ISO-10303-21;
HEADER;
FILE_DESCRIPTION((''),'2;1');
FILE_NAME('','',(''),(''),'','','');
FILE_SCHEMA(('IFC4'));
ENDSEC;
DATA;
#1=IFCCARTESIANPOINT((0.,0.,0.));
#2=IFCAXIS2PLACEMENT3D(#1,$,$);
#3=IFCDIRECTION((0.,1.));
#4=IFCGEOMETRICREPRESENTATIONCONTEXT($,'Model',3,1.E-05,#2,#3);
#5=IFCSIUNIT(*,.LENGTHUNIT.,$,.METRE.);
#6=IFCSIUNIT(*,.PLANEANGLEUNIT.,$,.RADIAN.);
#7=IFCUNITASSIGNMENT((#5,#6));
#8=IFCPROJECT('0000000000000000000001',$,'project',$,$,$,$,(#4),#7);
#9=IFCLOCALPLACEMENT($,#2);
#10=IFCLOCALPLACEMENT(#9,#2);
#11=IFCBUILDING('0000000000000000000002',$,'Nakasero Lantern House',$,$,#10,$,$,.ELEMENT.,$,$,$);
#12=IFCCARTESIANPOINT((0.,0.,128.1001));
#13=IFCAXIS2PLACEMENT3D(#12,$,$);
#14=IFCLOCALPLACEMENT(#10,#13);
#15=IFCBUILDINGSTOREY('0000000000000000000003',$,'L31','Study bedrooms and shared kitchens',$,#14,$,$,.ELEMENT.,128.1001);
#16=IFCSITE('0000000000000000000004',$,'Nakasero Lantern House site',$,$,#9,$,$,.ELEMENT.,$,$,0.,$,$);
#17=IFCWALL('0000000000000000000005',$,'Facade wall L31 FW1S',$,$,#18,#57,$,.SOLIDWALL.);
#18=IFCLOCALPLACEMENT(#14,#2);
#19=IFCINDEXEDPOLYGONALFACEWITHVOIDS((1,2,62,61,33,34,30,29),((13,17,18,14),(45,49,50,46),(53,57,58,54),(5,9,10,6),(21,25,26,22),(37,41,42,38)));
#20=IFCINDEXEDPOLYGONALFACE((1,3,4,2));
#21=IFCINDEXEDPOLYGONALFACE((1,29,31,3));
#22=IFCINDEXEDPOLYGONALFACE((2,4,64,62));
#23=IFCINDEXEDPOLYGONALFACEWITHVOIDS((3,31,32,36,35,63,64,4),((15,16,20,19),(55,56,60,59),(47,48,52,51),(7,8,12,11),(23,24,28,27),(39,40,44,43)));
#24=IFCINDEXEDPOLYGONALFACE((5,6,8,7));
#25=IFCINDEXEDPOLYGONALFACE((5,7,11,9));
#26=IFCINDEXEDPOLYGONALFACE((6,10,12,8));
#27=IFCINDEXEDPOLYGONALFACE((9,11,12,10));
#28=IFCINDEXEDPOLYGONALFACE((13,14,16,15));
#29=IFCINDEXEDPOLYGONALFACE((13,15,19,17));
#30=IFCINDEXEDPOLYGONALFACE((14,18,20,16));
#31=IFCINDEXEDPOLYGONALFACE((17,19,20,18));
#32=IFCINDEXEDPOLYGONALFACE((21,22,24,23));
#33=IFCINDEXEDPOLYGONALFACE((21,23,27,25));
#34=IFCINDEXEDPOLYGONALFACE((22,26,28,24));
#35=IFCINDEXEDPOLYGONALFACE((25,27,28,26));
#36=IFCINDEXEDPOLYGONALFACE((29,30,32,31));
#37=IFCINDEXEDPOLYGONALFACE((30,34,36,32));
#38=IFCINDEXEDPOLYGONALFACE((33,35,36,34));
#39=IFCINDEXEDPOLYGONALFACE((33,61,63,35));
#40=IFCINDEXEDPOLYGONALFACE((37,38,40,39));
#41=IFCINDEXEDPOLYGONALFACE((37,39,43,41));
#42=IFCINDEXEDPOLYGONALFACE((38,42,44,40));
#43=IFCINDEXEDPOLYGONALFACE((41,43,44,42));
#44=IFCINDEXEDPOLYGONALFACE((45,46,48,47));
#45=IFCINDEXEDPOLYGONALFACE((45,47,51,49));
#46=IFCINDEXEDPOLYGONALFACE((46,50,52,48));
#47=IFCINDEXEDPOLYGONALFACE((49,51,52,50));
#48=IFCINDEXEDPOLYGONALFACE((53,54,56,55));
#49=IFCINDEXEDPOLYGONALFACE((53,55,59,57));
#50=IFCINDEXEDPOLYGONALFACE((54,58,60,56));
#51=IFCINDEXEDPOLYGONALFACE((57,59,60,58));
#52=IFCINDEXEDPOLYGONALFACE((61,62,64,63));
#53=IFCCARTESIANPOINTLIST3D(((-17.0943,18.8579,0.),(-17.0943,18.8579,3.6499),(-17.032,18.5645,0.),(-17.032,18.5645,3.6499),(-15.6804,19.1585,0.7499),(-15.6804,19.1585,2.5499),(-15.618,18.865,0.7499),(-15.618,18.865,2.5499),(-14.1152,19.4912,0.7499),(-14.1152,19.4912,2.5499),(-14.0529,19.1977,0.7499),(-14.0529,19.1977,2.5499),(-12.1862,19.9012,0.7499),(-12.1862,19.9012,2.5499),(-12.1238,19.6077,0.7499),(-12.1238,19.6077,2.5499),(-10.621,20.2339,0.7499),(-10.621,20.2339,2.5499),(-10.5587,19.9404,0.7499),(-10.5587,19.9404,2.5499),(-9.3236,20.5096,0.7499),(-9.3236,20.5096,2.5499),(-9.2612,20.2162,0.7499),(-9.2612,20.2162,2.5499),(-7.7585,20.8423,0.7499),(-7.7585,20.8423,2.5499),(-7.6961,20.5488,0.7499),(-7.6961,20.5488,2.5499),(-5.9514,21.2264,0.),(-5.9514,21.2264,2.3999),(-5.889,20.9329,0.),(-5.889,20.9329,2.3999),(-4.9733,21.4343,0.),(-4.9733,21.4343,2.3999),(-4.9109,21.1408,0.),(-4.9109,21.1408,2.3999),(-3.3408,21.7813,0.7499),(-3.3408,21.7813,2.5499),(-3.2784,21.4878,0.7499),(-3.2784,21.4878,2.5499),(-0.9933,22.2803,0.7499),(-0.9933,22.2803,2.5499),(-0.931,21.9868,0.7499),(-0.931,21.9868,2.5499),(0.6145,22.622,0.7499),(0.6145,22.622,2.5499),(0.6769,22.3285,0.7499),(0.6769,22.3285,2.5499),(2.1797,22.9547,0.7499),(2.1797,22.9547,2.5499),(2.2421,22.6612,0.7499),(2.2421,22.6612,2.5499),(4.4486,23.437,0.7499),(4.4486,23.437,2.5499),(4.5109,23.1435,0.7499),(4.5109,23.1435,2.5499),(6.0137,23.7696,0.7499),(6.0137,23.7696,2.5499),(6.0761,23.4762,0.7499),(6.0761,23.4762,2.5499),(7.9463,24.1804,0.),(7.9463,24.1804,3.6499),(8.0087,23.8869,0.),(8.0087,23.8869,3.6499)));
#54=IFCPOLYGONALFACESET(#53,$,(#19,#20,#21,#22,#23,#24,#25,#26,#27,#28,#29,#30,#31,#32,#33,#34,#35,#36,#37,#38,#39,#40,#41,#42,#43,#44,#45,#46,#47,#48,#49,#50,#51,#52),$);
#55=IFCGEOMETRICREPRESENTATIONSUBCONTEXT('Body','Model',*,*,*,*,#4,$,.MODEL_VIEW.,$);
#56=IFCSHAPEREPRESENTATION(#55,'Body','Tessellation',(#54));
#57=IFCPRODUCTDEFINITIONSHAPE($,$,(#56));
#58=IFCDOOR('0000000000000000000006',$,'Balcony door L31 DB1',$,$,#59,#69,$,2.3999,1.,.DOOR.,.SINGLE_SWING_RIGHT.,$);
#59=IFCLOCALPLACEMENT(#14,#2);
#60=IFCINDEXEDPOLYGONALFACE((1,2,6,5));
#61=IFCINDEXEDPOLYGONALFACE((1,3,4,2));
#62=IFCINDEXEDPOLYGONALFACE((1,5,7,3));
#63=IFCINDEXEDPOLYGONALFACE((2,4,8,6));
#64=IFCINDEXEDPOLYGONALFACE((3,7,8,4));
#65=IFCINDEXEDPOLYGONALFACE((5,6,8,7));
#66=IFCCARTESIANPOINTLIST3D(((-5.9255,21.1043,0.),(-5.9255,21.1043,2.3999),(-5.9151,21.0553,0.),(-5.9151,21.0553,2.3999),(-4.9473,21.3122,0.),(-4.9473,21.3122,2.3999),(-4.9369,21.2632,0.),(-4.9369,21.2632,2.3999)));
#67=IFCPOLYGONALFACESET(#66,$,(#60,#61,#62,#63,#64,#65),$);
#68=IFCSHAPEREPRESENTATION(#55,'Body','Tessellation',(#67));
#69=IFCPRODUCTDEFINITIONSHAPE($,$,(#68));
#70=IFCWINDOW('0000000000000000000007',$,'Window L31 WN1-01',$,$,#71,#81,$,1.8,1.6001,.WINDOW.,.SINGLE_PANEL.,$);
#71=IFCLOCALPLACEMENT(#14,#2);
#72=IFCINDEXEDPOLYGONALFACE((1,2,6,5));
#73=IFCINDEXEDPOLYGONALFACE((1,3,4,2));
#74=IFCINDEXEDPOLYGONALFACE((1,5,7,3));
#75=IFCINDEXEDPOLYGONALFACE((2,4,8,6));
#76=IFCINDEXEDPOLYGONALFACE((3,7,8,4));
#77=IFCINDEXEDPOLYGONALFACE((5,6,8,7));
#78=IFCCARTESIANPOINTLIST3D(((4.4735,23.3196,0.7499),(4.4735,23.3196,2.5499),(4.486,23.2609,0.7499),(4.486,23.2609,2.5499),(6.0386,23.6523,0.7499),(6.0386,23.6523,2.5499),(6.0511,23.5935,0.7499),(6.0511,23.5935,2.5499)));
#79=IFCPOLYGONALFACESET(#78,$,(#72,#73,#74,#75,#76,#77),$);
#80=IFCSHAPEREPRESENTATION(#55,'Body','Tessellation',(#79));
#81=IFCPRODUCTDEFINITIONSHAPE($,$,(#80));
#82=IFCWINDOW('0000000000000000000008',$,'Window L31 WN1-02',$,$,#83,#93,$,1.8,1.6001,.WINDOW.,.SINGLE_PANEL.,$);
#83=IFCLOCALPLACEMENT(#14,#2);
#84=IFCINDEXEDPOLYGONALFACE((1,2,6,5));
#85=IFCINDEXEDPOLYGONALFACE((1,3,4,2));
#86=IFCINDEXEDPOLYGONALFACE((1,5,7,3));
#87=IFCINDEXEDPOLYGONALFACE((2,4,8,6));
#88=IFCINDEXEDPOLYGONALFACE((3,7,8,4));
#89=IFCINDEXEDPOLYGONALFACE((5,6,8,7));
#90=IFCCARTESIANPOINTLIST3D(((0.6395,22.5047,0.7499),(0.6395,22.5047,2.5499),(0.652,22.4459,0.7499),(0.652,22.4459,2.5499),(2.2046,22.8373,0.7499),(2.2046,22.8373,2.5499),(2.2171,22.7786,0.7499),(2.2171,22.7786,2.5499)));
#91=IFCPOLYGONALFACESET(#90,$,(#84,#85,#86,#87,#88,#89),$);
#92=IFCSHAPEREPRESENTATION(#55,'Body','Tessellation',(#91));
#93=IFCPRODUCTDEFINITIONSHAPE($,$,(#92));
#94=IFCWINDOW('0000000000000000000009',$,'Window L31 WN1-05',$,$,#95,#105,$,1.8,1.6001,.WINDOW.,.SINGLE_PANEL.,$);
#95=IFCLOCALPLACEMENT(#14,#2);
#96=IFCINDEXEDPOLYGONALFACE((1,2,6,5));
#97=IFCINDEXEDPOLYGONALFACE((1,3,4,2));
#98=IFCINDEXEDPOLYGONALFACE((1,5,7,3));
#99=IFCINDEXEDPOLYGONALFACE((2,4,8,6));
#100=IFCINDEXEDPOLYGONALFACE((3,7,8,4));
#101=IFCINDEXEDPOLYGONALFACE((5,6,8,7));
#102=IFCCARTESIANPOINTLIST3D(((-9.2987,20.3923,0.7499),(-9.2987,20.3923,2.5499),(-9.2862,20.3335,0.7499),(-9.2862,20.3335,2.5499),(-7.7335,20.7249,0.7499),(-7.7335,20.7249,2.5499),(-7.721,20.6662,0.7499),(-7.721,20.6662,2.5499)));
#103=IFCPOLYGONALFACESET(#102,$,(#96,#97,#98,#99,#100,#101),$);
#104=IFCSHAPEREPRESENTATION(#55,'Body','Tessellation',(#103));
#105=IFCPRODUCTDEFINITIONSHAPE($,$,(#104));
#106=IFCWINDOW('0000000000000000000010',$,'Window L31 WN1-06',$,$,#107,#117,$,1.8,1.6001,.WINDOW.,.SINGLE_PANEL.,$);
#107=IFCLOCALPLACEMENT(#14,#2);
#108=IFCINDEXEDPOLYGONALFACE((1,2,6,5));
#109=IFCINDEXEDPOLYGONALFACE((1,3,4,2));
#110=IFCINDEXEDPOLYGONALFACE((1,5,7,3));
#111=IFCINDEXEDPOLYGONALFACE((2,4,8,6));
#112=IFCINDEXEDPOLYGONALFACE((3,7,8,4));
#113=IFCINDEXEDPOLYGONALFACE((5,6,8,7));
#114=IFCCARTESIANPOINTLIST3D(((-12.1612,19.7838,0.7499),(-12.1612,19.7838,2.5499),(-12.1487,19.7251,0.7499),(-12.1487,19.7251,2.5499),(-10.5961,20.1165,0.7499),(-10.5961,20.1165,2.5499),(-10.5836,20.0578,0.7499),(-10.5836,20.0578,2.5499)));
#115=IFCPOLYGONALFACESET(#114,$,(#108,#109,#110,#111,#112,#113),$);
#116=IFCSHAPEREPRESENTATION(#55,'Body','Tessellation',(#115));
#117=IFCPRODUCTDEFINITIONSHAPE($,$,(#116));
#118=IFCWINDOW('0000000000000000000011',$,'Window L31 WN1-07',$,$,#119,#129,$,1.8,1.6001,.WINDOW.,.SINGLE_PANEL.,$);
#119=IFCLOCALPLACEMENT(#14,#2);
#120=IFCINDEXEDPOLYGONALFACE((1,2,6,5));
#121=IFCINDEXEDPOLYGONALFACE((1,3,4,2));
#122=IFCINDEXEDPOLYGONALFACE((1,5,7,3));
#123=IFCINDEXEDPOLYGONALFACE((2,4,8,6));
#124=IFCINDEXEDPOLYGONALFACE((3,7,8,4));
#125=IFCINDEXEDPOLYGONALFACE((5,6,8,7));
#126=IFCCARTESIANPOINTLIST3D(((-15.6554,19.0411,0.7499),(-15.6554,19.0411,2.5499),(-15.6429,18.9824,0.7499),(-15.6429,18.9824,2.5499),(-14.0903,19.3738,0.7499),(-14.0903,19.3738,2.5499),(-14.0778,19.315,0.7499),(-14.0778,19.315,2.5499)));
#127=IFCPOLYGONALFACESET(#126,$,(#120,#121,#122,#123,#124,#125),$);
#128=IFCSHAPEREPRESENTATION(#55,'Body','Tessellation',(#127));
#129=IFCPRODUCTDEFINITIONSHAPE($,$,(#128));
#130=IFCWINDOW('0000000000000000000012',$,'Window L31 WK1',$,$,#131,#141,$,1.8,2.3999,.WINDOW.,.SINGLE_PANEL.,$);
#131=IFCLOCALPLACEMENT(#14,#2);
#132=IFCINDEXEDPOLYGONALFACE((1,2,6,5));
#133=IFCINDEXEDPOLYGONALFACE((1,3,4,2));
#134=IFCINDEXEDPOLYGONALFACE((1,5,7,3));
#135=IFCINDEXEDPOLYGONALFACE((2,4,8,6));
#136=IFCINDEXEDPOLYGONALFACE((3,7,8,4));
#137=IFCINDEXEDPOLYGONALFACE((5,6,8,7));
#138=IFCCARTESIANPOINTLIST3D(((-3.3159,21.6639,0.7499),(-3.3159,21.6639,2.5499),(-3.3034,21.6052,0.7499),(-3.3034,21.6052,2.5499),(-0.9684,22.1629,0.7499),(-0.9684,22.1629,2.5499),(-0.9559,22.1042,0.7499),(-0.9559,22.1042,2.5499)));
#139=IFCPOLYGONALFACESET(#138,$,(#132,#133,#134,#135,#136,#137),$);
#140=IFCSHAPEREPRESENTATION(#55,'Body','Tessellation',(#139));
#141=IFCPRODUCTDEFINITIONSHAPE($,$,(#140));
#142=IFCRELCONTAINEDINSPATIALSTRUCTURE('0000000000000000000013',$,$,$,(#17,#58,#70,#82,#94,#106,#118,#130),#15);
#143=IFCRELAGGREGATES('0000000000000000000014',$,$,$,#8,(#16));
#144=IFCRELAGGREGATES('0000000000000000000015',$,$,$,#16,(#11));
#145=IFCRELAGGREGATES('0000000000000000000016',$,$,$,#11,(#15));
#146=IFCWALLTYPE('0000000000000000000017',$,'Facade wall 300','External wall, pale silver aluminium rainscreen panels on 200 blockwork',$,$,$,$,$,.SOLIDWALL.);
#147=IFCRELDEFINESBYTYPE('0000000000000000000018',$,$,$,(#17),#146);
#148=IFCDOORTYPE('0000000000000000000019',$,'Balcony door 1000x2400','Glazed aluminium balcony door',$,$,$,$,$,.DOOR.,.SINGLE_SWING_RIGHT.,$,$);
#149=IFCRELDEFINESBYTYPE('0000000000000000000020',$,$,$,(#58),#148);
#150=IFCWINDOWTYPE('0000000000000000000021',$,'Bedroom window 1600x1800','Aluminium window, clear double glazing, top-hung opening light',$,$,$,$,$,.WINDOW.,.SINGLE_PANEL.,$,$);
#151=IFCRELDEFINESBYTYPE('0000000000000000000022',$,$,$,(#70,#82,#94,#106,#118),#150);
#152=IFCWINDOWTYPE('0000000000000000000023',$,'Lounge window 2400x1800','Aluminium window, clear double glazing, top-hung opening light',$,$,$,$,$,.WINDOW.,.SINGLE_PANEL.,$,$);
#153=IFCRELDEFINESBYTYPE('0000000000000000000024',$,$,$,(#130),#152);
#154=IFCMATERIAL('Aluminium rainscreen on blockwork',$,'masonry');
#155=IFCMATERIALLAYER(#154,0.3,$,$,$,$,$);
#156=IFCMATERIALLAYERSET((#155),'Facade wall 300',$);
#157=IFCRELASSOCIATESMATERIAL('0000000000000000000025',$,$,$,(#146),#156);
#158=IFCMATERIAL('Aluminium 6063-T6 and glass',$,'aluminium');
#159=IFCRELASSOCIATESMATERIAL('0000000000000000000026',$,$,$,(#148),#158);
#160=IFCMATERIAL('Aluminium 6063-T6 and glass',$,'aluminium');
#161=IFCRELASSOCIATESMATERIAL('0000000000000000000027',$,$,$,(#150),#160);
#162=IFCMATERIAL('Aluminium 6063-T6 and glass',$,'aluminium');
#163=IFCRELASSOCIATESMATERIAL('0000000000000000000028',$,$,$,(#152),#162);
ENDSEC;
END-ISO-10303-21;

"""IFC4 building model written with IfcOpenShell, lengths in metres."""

from ifc_helpers import new_model, si_unit, direction, frame, frame_2d, origin, place, context, subcontext, project, spatial, rectangle, extrude, material, layer, layer_set, type_object, element, fill, save


model = new_model("IFC4")

# Units and contexts
model_context = context("Model", 3, precision=1e-05, world=origin(), true_north=direction((0.0, 1.0)))
body_context = subcontext(model_context, "Body", "Model", "MODEL_VIEW")
ifc_project = project(units=[si_unit("LENGTHUNIT", "METRE"), si_unit("PLANEANGLEUNIT", "RADIAN")], contexts=[model_context])

# Site, building, storey
site_placement = place(None, origin())
site = spatial("IfcSite", under=ifc_project, at=site_placement, Name="Nakasero Lantern House site", CompositionType="ELEMENT", RefElevation=0.0)
building_placement = place(site_placement, origin())
building = spatial("IfcBuilding", under=site, at=building_placement, Name="Nakasero Lantern House", CompositionType="ELEMENT")
storey_placement = place(building_placement, frame((0.0, 0.0, 128.1001)))
storey = spatial("IfcBuildingStorey", under=building, at=storey_placement, Name="L31", Description="Study bedrooms and shared kitchens", CompositionType="ELEMENT", Elevation=128.1001)

# Wall, openings, door, windows
ifc_material_1 = material(Name="Aluminium rainscreen on blockwork", Category="masonry")
ifc_layer_1 = layer(ifc_material_1, 0.3)
ifc_layer_set_1 = layer_set([ifc_layer_1], Name="Facade wall 300")
wall_type_1 = type_object("IfcWallType", Name="Facade wall 300", Description="External wall, pale silver aluminium rainscreen panels on 200 blockwork", PredefinedType="SOLIDWALL", material=ifc_layer_set_1)
wall_1_placement = place(storey_placement, frame((7.9775, 24.0337, 0.0), z_axis=(0.0, 0.0, 1.0), x_axis=(-0.978148, -0.207909, 0.0)))
wall_1 = element("IfcWall", 1, at=wall_1_placement, inside=storey, type_object=wall_type_1, Name="Facade wall L31 FW1S", PredefinedType="SOLIDWALL", context=body_context, shape_type="SweptSolid", body=[
    extrude(rectangle(XDim=25.6001, YDim=0.3, at=frame_2d((12.8, 0.0))), origin(), (0.0, 0.0, 1.0), 3.6499),
])
opening_1_placement = place(wall_1_placement, frame((1.9758, 0.0, 0.75)))
opening_1 = element("IfcOpeningElement", 2, at=opening_1_placement, cuts=wall_1, PredefinedType="OPENING", context=body_context, shape_type="SweptSolid", body=[
    extrude(rectangle(XDim=1.6001, YDim=1.8, at=frame_2d((0.8, 0.8999))), frame((0.0, 0.1699, 0.0), z_axis=(0.0, -1.0, 0.0), x_axis=(1.0, 0.0, 0.0)), (0.0, 0.0, 1.0), 0.3401),
])
opening_2_placement = place(wall_1_placement, frame((5.8955, 0.0, 0.75)))
opening_2 = element("IfcOpeningElement", 3, at=opening_2_placement, cuts=wall_1, PredefinedType="OPENING", context=body_context, shape_type="SweptSolid", body=[
    extrude(rectangle(XDim=1.6001, YDim=1.8, at=frame_2d((0.8, 0.8999))), frame((0.0, 0.1699, 0.0), z_axis=(0.0, -1.0, 0.0), x_axis=(1.0, 0.0, 0.0)), (0.0, 0.0, 1.0), 0.3401),
])
opening_3_placement = place(wall_1_placement, frame((16.0557, 0.0, 0.75)))
opening_3 = element("IfcOpeningElement", 4, at=opening_3_placement, cuts=wall_1, PredefinedType="OPENING", context=body_context, shape_type="SweptSolid", body=[
    extrude(rectangle(XDim=1.6001, YDim=1.8, at=frame_2d((0.8, 0.8999))), frame((0.0, 0.1699, 0.0), z_axis=(0.0, -1.0, 0.0), x_axis=(1.0, 0.0, 0.0)), (0.0, 0.0, 1.0), 0.3401),
])
opening_4_placement = place(wall_1_placement, frame((18.9822, 0.0, 0.75)))
opening_4 = element("IfcOpeningElement", 5, at=opening_4_placement, cuts=wall_1, PredefinedType="OPENING", context=body_context, shape_type="SweptSolid", body=[
    extrude(rectangle(XDim=1.6001, YDim=1.8, at=frame_2d((0.8, 0.8999))), frame((0.0, 0.1699, 0.0), z_axis=(0.0, -1.0, 0.0), x_axis=(1.0, 0.0, 0.0)), (0.0, 0.0, 1.0), 0.3401),
])
opening_5_placement = place(wall_1_placement, frame((22.5544, 0.0, 0.75)))
opening_5 = element("IfcOpeningElement", 6, at=opening_5_placement, cuts=wall_1, PredefinedType="OPENING", context=body_context, shape_type="SweptSolid", body=[
    extrude(rectangle(XDim=1.6001, YDim=1.8, at=frame_2d((0.8, 0.8999))), frame((0.0, 0.1699, 0.0), z_axis=(0.0, -1.0, 0.0), x_axis=(1.0, 0.0, 0.0)), (0.0, 0.0, 1.0), 0.3401),
])
opening_6_placement = place(wall_1_placement, frame((9.1394, 0.0, 0.75)))
opening_6 = element("IfcOpeningElement", 7, at=opening_6_placement, cuts=wall_1, PredefinedType="OPENING", context=body_context, shape_type="SweptSolid", body=[
    extrude(rectangle(XDim=2.3999, YDim=1.8, at=frame_2d((1.2, 0.8999))), frame((0.0, 0.1699, 0.0), z_axis=(0.0, -1.0, 0.0), x_axis=(1.0, 0.0, 0.0)), (0.0, 0.0, 1.0), 0.3401),
])
opening_7_placement = place(wall_1_placement, frame((13.2083, 0.0, 0.0)))
opening_7 = element("IfcOpeningElement", 8, at=opening_7_placement, cuts=wall_1, PredefinedType="OPENING", context=body_context, shape_type="SweptSolid", body=[
    extrude(rectangle(XDim=1.0, YDim=2.3999, at=frame_2d((0.5, 1.2))), frame((0.0, 0.1699, 0.0), z_axis=(0.0, -1.0, 0.0), x_axis=(1.0, 0.0, 0.0)), (0.0, 0.0, 1.0), 0.3401),
])
ifc_material_2 = material(Name="Aluminium 6063-T6 and glass", Category="aluminium")
door_type_1 = type_object("IfcDoorType", Name="Balcony door 1000x2400", Description="Glazed aluminium balcony door", OperationType="SINGLE_SWING_RIGHT", PredefinedType="DOOR", material=ifc_material_2)
door_1_placement = place(opening_7_placement, origin())
door_1 = element("IfcDoor", 9, at=door_1_placement, inside=storey, type_object=door_type_1, Name="Balcony door L31 DB1", OperationType="SINGLE_SWING_RIGHT", OverallHeight=2.3999, OverallWidth=1.0, PredefinedType="DOOR", context=body_context, shape_type="SweptSolid", body=[
    extrude(rectangle(XDim=1.0, YDim=2.3999, at=frame_2d((0.5, 1.2))), frame((0.0, 0.0249, 0.0), z_axis=(0.0, -1.0, 0.0), x_axis=(1.0, 0.0, 0.0)), (0.0, 0.0, 1.0), 0.05),
])
fill(opening_7, door_1)
ifc_material_3 = material(Name="Aluminium 6063-T6 and glass", Category="aluminium")
window_type_1 = type_object("IfcWindowType", Name="Bedroom window 1600x1800", Description="Aluminium window, clear double glazing, top-hung opening light", PartitioningType="SINGLE_PANEL", PredefinedType="WINDOW", material=ifc_material_3)
window_1_placement = place(opening_1_placement, origin())
window_1 = element("IfcWindow", 10, at=window_1_placement, inside=storey, type_object=window_type_1, Name="Window L31 WN1-01", OverallHeight=1.8, OverallWidth=1.6001, PartitioningType="SINGLE_PANEL", PredefinedType="WINDOW", context=body_context, shape_type="SweptSolid", body=[
    extrude(rectangle(XDim=1.6001, YDim=1.8, at=frame_2d((0.8, 0.8999))), frame((0.0, 0.03, 0.0), z_axis=(0.0, -1.0, 0.0), x_axis=(1.0, 0.0, 0.0)), (0.0, 0.0, 1.0), 0.0601),
])
fill(opening_1, window_1)
window_2_placement = place(opening_2_placement, origin())
window_2 = element("IfcWindow", 11, at=window_2_placement, inside=storey, type_object=window_type_1, Name="Window L31 WN1-02", OverallHeight=1.8, OverallWidth=1.6001, PartitioningType="SINGLE_PANEL", PredefinedType="WINDOW", context=body_context, shape_type="SweptSolid", body=[
    extrude(rectangle(XDim=1.6001, YDim=1.8, at=frame_2d((0.8, 0.8999))), frame((0.0, 0.03, 0.0), z_axis=(0.0, -1.0, 0.0), x_axis=(1.0, 0.0, 0.0)), (0.0, 0.0, 1.0), 0.0601),
])
fill(opening_2, window_2)
window_3_placement = place(opening_3_placement, origin())
window_3 = element("IfcWindow", 12, at=window_3_placement, inside=storey, type_object=window_type_1, Name="Window L31 WN1-05", OverallHeight=1.8, OverallWidth=1.6001, PartitioningType="SINGLE_PANEL", PredefinedType="WINDOW", context=body_context, shape_type="SweptSolid", body=[
    extrude(rectangle(XDim=1.6001, YDim=1.8, at=frame_2d((0.8, 0.8999))), frame((0.0, 0.03, 0.0), z_axis=(0.0, -1.0, 0.0), x_axis=(1.0, 0.0, 0.0)), (0.0, 0.0, 1.0), 0.0601),
])
fill(opening_3, window_3)
window_4_placement = place(opening_4_placement, origin())
window_4 = element("IfcWindow", 13, at=window_4_placement, inside=storey, type_object=window_type_1, Name="Window L31 WN1-06", OverallHeight=1.8, OverallWidth=1.6001, PartitioningType="SINGLE_PANEL", PredefinedType="WINDOW", context=body_context, shape_type="SweptSolid", body=[
    extrude(rectangle(XDim=1.6001, YDim=1.8, at=frame_2d((0.8, 0.8999))), frame((0.0, 0.03, 0.0), z_axis=(0.0, -1.0, 0.0), x_axis=(1.0, 0.0, 0.0)), (0.0, 0.0, 1.0), 0.0601),
])
fill(opening_4, window_4)
window_5_placement = place(opening_5_placement, origin())
window_5 = element("IfcWindow", 14, at=window_5_placement, inside=storey, type_object=window_type_1, Name="Window L31 WN1-07", OverallHeight=1.8, OverallWidth=1.6001, PartitioningType="SINGLE_PANEL", PredefinedType="WINDOW", context=body_context, shape_type="SweptSolid", body=[
    extrude(rectangle(XDim=1.6001, YDim=1.8, at=frame_2d((0.8, 0.8999))), frame((0.0, 0.03, 0.0), z_axis=(0.0, -1.0, 0.0), x_axis=(1.0, 0.0, 0.0)), (0.0, 0.0, 1.0), 0.0601),
])
fill(opening_5, window_5)
ifc_material_4 = material(Name="Aluminium 6063-T6 and glass", Category="aluminium")
window_type_2 = type_object("IfcWindowType", Name="Lounge window 2400x1800", Description="Aluminium window, clear double glazing, top-hung opening light", PartitioningType="SINGLE_PANEL", PredefinedType="WINDOW", material=ifc_material_4)
window_6_placement = place(opening_6_placement, origin())
window_6 = element("IfcWindow", 15, at=window_6_placement, inside=storey, type_object=window_type_2, Name="Window L31 WK1", OverallHeight=1.8, OverallWidth=2.3999, PartitioningType="SINGLE_PANEL", PredefinedType="WINDOW", context=body_context, shape_type="SweptSolid", body=[
    extrude(rectangle(XDim=2.3999, YDim=1.8, at=frame_2d((1.2, 0.8999))), frame((0.0, 0.03, 0.0), z_axis=(0.0, -1.0, 0.0), x_axis=(1.0, 0.0, 0.0)), (0.0, 0.0, 1.0), 0.0601),
])
fill(opening_6, window_6)

save(model, "model.ifc")
